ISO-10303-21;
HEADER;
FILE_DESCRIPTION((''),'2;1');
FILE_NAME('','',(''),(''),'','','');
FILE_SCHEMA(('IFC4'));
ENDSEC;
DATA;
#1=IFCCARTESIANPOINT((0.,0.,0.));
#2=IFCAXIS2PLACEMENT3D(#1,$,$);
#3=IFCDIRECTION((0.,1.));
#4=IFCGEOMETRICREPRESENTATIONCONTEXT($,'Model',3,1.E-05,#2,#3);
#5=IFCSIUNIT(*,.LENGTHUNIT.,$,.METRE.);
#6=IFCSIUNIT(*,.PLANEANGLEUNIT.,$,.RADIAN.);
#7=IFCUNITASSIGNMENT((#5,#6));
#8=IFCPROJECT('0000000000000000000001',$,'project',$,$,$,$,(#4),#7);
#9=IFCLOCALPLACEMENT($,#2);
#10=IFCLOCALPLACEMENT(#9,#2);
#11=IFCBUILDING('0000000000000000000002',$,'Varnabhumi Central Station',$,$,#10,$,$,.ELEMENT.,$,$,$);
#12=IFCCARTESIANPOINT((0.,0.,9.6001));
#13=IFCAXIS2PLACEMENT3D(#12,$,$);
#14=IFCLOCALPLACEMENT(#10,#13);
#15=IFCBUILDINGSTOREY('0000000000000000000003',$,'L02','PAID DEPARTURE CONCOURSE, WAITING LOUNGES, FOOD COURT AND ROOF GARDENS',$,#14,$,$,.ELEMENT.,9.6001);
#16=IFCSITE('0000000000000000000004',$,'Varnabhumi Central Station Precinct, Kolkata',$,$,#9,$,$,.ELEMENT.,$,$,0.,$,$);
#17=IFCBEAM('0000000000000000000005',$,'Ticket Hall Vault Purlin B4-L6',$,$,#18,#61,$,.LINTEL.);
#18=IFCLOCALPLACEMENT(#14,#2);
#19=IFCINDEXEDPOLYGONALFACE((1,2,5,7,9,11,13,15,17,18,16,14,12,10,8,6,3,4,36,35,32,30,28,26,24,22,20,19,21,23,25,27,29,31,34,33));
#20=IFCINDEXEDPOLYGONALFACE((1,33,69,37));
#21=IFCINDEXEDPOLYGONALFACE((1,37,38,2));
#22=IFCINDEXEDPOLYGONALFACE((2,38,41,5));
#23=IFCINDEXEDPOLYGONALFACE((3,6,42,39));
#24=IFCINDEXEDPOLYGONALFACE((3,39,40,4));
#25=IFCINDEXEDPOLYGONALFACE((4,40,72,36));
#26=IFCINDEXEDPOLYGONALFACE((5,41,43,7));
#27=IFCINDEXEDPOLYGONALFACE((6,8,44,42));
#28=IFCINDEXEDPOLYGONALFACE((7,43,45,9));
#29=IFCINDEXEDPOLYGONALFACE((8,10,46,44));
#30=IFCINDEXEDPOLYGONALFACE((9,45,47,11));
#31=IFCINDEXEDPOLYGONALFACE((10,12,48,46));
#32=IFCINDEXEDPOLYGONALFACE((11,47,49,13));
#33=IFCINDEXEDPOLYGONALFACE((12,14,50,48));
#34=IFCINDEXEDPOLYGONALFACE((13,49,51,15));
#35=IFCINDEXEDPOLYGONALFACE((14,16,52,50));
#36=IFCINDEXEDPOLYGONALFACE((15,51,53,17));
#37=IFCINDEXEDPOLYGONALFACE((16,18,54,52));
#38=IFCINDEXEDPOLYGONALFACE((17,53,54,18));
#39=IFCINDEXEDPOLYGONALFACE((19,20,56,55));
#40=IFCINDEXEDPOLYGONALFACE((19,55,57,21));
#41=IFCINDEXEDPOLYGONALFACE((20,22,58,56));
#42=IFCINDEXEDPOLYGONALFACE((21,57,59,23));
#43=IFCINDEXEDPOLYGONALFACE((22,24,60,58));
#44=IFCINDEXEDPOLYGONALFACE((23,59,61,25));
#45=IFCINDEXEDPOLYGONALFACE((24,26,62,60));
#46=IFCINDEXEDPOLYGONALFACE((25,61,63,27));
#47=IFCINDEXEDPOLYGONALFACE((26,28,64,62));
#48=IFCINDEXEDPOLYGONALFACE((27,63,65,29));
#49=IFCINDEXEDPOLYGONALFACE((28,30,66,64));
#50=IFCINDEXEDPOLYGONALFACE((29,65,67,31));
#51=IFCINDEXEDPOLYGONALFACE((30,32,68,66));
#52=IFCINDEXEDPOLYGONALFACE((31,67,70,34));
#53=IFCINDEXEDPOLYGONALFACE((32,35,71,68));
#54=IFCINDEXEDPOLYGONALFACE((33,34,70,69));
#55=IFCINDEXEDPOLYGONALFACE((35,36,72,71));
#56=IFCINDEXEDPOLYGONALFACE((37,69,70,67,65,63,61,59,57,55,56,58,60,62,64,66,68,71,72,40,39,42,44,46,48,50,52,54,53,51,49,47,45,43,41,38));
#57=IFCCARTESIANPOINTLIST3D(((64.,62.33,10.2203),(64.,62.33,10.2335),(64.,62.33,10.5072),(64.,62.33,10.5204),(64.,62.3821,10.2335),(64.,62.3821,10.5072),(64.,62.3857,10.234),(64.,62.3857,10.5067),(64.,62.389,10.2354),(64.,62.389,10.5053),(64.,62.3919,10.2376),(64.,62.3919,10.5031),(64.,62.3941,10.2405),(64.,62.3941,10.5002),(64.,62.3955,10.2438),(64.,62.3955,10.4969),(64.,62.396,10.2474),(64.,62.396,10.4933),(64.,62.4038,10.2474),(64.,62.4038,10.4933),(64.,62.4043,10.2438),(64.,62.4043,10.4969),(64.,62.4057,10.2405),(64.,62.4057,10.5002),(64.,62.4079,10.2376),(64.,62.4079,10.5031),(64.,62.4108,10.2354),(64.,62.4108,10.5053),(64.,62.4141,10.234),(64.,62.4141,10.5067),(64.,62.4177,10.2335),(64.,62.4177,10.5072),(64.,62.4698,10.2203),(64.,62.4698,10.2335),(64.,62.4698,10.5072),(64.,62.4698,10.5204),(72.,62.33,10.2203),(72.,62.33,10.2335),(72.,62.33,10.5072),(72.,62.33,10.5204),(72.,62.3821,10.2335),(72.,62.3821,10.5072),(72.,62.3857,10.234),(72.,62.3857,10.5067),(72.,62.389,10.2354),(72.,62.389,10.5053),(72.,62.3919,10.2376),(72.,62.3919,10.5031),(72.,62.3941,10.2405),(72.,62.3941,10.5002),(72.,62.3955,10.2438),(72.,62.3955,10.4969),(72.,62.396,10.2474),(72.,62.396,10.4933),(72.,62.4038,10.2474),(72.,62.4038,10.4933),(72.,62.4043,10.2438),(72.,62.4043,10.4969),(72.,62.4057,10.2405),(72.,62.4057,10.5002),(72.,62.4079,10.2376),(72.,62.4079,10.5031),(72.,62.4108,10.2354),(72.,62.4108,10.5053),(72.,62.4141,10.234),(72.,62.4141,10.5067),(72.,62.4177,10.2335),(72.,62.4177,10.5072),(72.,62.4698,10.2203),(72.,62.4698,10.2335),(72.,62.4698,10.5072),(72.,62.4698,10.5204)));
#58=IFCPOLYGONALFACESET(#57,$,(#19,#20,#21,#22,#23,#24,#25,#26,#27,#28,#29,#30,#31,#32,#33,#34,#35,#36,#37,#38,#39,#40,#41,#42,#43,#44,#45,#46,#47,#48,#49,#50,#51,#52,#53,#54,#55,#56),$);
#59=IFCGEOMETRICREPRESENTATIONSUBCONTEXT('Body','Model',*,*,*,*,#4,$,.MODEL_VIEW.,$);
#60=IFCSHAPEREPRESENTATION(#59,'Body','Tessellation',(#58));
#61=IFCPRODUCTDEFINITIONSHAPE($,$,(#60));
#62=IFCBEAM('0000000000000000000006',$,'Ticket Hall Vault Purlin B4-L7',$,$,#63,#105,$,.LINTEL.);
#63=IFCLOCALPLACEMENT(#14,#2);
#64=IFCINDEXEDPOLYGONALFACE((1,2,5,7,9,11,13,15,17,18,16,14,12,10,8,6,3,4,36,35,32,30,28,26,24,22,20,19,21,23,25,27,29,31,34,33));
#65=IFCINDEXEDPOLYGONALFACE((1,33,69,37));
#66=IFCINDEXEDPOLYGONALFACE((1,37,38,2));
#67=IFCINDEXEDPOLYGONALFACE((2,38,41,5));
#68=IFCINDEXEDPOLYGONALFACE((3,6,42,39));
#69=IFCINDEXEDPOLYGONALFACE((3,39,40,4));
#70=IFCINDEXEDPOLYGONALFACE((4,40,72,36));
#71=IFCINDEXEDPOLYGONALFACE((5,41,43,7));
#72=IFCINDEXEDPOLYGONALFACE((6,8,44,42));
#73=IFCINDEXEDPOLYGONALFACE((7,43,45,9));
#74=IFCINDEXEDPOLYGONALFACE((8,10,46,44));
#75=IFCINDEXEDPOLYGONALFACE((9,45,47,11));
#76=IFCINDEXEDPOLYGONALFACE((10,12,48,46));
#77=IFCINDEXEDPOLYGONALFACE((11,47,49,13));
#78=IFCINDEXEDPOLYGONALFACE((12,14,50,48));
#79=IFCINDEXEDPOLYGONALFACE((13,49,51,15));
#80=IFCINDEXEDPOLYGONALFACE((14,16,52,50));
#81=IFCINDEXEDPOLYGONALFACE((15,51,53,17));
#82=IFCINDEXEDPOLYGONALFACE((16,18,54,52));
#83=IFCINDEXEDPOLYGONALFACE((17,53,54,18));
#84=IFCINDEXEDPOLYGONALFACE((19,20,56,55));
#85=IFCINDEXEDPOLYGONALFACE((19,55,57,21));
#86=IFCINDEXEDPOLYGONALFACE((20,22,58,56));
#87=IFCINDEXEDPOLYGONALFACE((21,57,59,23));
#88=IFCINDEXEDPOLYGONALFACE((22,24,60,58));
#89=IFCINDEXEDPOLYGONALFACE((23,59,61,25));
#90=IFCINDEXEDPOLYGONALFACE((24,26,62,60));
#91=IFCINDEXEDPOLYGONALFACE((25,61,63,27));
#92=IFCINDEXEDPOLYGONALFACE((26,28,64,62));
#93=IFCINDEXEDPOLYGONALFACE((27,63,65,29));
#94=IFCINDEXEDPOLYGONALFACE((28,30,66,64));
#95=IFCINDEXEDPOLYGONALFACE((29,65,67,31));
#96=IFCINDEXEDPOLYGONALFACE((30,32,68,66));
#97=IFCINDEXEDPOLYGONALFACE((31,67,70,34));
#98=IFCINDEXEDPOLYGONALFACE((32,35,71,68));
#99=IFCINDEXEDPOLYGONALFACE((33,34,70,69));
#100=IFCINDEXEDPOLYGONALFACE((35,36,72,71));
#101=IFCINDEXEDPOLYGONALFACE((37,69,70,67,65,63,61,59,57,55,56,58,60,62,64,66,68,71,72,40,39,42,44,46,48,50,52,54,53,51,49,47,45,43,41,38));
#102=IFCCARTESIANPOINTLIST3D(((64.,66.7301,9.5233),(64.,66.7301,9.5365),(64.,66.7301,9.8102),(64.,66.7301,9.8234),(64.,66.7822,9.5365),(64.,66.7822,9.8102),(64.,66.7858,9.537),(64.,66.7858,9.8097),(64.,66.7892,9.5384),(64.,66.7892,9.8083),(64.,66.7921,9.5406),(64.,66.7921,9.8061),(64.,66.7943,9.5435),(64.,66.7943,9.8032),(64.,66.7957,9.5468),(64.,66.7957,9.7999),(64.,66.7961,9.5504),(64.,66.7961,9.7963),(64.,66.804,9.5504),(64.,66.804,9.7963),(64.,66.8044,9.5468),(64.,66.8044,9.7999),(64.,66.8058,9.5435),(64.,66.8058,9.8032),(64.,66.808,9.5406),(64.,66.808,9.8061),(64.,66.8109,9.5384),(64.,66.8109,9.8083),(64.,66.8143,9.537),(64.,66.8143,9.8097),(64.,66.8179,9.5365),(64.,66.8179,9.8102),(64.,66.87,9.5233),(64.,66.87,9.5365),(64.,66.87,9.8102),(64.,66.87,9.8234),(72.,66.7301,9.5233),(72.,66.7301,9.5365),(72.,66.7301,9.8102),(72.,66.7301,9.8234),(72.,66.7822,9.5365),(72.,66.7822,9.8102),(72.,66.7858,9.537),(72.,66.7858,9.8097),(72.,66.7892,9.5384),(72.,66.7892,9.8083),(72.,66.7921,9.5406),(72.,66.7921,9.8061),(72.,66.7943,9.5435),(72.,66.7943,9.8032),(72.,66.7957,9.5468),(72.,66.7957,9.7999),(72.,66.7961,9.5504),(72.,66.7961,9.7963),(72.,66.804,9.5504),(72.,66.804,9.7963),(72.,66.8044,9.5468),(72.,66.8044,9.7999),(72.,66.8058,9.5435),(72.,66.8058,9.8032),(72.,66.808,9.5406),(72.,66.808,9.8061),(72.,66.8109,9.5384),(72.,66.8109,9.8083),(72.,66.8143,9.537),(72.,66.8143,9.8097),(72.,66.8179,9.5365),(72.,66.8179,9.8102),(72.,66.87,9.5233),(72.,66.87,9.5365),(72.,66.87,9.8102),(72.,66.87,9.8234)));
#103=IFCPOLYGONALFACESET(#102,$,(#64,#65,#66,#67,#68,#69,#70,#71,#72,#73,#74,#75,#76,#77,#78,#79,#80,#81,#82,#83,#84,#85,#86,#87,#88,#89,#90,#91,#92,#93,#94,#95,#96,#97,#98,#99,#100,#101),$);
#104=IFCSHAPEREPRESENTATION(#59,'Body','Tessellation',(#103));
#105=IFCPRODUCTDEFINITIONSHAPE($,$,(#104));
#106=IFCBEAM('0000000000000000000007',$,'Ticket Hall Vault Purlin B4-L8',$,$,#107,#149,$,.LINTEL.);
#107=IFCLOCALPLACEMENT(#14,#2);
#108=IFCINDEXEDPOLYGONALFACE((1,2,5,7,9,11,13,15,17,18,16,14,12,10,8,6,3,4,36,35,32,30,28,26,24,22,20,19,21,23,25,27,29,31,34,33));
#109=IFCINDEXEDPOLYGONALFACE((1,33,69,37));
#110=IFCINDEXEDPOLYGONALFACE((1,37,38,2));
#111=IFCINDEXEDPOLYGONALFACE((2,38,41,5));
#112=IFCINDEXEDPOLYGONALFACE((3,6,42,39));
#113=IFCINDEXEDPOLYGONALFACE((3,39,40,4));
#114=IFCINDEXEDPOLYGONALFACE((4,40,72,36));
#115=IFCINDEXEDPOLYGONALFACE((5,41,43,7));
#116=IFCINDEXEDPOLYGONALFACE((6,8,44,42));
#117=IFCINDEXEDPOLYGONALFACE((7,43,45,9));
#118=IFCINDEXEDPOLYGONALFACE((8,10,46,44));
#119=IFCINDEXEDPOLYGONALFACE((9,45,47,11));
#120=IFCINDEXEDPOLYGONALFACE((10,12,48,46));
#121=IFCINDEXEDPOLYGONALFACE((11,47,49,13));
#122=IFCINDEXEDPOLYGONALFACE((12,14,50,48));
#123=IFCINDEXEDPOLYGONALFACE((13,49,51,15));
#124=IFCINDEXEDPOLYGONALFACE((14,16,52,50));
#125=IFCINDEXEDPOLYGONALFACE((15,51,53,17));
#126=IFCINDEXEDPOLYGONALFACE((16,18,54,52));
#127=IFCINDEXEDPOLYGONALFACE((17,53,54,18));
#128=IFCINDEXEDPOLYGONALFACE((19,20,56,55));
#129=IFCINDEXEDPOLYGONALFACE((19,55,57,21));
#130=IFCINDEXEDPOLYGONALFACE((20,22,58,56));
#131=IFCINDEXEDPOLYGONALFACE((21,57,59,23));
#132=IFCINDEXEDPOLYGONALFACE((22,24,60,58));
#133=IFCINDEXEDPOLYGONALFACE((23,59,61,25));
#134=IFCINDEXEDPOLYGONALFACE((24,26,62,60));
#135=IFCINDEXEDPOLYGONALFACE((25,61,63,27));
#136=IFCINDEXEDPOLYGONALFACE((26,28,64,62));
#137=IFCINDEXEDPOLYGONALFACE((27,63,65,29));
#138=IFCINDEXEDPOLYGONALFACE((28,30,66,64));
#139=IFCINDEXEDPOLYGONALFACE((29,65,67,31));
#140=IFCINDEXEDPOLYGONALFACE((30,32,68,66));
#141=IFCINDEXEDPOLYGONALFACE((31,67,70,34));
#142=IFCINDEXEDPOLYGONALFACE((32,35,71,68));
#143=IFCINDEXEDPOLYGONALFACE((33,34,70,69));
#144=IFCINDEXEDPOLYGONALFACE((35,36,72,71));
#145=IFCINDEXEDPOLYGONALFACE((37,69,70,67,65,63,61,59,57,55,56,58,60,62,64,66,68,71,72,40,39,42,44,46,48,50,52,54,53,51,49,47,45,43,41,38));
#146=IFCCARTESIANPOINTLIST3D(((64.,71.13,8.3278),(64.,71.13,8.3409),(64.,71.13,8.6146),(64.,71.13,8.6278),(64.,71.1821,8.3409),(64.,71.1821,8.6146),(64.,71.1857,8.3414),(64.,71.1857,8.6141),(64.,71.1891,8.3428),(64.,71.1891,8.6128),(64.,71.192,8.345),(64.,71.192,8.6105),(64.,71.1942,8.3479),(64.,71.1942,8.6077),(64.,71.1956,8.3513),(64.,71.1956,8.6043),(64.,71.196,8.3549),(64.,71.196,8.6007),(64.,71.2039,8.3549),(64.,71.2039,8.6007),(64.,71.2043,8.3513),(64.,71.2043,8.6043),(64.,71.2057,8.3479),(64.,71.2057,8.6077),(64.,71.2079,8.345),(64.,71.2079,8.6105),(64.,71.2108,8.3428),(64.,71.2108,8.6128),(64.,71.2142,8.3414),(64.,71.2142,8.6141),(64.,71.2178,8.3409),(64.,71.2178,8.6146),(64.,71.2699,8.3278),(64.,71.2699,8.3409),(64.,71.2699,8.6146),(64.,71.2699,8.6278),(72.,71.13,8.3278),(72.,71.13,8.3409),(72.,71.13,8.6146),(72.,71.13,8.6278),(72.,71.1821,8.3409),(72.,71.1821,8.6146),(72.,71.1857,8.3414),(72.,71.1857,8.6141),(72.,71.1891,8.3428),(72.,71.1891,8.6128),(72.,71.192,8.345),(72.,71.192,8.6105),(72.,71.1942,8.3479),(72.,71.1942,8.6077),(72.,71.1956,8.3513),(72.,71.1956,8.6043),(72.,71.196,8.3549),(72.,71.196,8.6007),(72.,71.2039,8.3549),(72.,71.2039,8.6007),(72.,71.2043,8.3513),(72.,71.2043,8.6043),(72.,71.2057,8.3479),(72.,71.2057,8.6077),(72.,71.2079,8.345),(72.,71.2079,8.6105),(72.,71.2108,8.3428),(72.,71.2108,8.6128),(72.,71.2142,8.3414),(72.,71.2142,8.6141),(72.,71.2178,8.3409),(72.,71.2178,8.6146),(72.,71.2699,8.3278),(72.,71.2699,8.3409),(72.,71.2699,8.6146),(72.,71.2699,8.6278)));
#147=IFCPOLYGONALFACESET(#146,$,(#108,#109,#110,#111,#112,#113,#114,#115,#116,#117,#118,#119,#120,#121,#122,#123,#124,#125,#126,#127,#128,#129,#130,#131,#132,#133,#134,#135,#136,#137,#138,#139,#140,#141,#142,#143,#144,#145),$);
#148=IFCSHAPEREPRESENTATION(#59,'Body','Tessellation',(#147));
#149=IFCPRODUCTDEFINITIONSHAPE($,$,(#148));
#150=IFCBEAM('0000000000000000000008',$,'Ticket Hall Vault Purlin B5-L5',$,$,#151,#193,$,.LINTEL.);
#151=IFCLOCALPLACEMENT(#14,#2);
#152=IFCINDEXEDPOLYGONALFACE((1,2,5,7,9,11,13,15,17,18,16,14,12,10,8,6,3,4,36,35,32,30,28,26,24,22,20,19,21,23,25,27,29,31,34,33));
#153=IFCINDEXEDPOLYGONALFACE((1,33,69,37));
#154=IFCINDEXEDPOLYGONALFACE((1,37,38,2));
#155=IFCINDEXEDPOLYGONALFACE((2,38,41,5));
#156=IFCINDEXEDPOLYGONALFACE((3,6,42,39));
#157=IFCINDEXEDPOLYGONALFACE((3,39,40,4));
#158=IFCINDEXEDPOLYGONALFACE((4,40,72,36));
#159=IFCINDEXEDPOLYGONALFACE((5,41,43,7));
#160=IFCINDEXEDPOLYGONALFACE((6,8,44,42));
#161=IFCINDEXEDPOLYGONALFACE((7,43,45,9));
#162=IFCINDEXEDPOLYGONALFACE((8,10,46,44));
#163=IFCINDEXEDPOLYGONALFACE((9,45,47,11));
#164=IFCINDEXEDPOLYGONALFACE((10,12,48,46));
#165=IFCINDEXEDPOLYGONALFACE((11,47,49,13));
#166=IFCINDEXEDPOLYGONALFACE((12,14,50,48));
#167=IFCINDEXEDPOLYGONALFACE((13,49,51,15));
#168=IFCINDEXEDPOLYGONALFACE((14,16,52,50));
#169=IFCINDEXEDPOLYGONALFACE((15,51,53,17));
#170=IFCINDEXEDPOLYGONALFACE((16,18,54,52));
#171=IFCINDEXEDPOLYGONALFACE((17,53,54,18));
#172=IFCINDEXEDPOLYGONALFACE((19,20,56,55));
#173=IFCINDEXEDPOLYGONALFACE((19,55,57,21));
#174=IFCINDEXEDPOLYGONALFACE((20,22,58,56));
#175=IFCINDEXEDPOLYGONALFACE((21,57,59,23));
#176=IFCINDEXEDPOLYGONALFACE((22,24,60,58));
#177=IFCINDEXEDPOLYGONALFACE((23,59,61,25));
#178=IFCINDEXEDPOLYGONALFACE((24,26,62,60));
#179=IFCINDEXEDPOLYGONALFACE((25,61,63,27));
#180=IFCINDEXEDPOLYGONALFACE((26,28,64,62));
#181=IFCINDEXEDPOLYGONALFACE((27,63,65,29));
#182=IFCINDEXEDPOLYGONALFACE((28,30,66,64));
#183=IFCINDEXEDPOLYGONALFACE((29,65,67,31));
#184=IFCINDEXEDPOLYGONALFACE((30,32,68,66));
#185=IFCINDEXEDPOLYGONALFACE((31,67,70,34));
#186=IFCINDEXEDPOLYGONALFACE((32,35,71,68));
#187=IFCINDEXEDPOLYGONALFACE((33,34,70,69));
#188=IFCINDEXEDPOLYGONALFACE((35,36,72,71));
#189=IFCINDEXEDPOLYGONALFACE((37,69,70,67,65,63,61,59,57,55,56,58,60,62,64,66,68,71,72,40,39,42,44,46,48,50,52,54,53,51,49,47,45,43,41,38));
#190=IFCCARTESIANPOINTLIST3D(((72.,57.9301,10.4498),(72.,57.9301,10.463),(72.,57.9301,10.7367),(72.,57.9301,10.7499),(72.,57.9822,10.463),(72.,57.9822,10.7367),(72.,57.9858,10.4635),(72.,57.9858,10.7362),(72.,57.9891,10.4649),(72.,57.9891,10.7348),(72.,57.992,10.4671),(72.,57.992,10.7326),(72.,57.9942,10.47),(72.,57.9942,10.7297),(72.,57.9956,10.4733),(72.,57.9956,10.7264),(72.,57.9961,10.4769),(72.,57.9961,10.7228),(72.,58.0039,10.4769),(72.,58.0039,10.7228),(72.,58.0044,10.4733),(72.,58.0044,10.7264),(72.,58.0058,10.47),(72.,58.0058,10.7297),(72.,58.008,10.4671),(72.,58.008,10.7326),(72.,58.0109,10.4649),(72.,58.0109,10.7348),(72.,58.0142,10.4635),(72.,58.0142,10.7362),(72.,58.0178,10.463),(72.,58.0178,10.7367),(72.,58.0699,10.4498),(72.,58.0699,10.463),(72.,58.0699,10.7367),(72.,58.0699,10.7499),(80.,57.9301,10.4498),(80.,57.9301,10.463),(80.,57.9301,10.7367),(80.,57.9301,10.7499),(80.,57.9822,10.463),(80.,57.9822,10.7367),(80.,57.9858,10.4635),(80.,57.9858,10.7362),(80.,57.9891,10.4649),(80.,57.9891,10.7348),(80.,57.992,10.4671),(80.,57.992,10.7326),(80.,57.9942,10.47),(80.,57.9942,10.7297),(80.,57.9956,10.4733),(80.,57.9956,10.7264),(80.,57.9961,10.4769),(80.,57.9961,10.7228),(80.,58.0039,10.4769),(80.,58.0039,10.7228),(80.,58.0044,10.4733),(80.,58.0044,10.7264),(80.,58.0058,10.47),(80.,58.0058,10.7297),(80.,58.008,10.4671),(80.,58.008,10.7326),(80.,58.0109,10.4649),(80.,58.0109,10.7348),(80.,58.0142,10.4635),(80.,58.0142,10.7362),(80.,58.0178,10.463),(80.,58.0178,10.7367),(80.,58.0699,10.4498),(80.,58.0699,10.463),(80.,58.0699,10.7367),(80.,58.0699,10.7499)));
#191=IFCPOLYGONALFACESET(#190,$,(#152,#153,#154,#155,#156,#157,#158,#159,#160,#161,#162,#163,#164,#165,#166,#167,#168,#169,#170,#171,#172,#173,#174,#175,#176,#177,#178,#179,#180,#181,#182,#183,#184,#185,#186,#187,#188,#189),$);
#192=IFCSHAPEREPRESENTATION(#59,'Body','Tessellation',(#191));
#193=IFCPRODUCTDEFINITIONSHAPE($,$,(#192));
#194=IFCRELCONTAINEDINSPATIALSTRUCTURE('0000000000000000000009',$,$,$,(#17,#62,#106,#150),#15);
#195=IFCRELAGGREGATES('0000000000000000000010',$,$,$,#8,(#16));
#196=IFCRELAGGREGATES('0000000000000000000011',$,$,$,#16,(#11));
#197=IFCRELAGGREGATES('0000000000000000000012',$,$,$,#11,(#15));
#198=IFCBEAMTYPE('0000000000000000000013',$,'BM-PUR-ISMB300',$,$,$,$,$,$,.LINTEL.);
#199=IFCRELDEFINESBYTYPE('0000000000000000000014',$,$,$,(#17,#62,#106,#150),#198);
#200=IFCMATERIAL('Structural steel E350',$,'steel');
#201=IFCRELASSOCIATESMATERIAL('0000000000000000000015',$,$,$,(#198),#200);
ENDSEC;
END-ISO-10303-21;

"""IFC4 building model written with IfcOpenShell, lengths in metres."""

from ifc_helpers import new_model, si_unit, direction, frame, origin, origin_2d, place, context, subcontext, project, spatial, i_section, extrude, material, material_profile, profile_set, type_object, element, save


model = new_model("IFC4")

# Units and contexts
model_context = context("Model", 3, precision=1e-05, world=origin(), true_north=direction((0.0, 1.0)))
body_context = subcontext(model_context, "Body", "Model", "MODEL_VIEW")
ifc_project = project(units=[si_unit("LENGTHUNIT", "METRE"), si_unit("PLANEANGLEUNIT", "RADIAN")], contexts=[model_context])

# Site, building, storey
site_placement = place(None, origin())
site = spatial("IfcSite", under=ifc_project, at=site_placement, Name="Varnabhumi Central Station Precinct, Kolkata", CompositionType="ELEMENT", RefElevation=0.0)
building_placement = place(site_placement, origin())
building = spatial("IfcBuilding", under=site, at=building_placement, Name="Varnabhumi Central Station", CompositionType="ELEMENT")
storey_placement = place(building_placement, frame((0.0, 0.0, 9.6001)))
storey = spatial("IfcBuildingStorey", under=building, at=storey_placement, Name="L02", Description="PAID DEPARTURE CONCOURSE, WAITING LOUNGES, FOOD COURT AND ROOF GARDENS", CompositionType="ELEMENT", Elevation=9.6001)

# Beams
ifc_material_1 = material(Name="Structural steel E350", Category="steel")
ifc_material_profile_1 = material_profile(ifc_material_1, i_section(OverallWidth=0.1399, OverallDepth=0.3, WebThickness=0.0078, FlangeThickness=0.0132, FilletRadius=0.0139, at=origin_2d()), Name="Structural steel E350", Category="steel")
ifc_profile_set_1 = profile_set([ifc_material_profile_1], Name="Structural steel E350")
beam_type_1 = type_object("IfcBeamType", Name="BM-PUR-ISMB300", PredefinedType="LINTEL", material=ifc_profile_set_1)
for number, where, z_axis, x_axis, name in (
    (1, (64.0, 62.3999, 10.3704), (1.0, 0.0, 0.0), (0.0, 1.0, 0.0), "Ticket Hall Vault Purlin B4-L6"),
    (2, (64.0, 66.8, 9.6733), (1.0, 0.0, 0.0), (0.0, 1.0, 0.0), "Ticket Hall Vault Purlin B4-L7"),
    (3, (64.0, 71.2, 8.4778), (1.0, 0.0, 0.0), (0.0, 1.0, 0.0), "Ticket Hall Vault Purlin B4-L8"),
    (4, (72.0, 58.0, 10.5999), (1.0, 0.0, 0.0), (0.0, 1.0, 0.0), "Ticket Hall Vault Purlin B5-L5"),
):
    element("IfcBeam", number, at=place(storey_placement, frame(where, z_axis=z_axis, x_axis=x_axis)), inside=storey, type_object=beam_type_1, Name=name, PredefinedType="LINTEL", context=body_context, shape_type="SweptSolid", body=[
        extrude(i_section(OverallWidth=0.1399, OverallDepth=0.3, WebThickness=0.0078, FlangeThickness=0.0132, FilletRadius=0.0139, at=origin_2d()), origin(), (0.0, 0.0, 1.0), 8.0),
    ])

save(model, "model.ifc")
